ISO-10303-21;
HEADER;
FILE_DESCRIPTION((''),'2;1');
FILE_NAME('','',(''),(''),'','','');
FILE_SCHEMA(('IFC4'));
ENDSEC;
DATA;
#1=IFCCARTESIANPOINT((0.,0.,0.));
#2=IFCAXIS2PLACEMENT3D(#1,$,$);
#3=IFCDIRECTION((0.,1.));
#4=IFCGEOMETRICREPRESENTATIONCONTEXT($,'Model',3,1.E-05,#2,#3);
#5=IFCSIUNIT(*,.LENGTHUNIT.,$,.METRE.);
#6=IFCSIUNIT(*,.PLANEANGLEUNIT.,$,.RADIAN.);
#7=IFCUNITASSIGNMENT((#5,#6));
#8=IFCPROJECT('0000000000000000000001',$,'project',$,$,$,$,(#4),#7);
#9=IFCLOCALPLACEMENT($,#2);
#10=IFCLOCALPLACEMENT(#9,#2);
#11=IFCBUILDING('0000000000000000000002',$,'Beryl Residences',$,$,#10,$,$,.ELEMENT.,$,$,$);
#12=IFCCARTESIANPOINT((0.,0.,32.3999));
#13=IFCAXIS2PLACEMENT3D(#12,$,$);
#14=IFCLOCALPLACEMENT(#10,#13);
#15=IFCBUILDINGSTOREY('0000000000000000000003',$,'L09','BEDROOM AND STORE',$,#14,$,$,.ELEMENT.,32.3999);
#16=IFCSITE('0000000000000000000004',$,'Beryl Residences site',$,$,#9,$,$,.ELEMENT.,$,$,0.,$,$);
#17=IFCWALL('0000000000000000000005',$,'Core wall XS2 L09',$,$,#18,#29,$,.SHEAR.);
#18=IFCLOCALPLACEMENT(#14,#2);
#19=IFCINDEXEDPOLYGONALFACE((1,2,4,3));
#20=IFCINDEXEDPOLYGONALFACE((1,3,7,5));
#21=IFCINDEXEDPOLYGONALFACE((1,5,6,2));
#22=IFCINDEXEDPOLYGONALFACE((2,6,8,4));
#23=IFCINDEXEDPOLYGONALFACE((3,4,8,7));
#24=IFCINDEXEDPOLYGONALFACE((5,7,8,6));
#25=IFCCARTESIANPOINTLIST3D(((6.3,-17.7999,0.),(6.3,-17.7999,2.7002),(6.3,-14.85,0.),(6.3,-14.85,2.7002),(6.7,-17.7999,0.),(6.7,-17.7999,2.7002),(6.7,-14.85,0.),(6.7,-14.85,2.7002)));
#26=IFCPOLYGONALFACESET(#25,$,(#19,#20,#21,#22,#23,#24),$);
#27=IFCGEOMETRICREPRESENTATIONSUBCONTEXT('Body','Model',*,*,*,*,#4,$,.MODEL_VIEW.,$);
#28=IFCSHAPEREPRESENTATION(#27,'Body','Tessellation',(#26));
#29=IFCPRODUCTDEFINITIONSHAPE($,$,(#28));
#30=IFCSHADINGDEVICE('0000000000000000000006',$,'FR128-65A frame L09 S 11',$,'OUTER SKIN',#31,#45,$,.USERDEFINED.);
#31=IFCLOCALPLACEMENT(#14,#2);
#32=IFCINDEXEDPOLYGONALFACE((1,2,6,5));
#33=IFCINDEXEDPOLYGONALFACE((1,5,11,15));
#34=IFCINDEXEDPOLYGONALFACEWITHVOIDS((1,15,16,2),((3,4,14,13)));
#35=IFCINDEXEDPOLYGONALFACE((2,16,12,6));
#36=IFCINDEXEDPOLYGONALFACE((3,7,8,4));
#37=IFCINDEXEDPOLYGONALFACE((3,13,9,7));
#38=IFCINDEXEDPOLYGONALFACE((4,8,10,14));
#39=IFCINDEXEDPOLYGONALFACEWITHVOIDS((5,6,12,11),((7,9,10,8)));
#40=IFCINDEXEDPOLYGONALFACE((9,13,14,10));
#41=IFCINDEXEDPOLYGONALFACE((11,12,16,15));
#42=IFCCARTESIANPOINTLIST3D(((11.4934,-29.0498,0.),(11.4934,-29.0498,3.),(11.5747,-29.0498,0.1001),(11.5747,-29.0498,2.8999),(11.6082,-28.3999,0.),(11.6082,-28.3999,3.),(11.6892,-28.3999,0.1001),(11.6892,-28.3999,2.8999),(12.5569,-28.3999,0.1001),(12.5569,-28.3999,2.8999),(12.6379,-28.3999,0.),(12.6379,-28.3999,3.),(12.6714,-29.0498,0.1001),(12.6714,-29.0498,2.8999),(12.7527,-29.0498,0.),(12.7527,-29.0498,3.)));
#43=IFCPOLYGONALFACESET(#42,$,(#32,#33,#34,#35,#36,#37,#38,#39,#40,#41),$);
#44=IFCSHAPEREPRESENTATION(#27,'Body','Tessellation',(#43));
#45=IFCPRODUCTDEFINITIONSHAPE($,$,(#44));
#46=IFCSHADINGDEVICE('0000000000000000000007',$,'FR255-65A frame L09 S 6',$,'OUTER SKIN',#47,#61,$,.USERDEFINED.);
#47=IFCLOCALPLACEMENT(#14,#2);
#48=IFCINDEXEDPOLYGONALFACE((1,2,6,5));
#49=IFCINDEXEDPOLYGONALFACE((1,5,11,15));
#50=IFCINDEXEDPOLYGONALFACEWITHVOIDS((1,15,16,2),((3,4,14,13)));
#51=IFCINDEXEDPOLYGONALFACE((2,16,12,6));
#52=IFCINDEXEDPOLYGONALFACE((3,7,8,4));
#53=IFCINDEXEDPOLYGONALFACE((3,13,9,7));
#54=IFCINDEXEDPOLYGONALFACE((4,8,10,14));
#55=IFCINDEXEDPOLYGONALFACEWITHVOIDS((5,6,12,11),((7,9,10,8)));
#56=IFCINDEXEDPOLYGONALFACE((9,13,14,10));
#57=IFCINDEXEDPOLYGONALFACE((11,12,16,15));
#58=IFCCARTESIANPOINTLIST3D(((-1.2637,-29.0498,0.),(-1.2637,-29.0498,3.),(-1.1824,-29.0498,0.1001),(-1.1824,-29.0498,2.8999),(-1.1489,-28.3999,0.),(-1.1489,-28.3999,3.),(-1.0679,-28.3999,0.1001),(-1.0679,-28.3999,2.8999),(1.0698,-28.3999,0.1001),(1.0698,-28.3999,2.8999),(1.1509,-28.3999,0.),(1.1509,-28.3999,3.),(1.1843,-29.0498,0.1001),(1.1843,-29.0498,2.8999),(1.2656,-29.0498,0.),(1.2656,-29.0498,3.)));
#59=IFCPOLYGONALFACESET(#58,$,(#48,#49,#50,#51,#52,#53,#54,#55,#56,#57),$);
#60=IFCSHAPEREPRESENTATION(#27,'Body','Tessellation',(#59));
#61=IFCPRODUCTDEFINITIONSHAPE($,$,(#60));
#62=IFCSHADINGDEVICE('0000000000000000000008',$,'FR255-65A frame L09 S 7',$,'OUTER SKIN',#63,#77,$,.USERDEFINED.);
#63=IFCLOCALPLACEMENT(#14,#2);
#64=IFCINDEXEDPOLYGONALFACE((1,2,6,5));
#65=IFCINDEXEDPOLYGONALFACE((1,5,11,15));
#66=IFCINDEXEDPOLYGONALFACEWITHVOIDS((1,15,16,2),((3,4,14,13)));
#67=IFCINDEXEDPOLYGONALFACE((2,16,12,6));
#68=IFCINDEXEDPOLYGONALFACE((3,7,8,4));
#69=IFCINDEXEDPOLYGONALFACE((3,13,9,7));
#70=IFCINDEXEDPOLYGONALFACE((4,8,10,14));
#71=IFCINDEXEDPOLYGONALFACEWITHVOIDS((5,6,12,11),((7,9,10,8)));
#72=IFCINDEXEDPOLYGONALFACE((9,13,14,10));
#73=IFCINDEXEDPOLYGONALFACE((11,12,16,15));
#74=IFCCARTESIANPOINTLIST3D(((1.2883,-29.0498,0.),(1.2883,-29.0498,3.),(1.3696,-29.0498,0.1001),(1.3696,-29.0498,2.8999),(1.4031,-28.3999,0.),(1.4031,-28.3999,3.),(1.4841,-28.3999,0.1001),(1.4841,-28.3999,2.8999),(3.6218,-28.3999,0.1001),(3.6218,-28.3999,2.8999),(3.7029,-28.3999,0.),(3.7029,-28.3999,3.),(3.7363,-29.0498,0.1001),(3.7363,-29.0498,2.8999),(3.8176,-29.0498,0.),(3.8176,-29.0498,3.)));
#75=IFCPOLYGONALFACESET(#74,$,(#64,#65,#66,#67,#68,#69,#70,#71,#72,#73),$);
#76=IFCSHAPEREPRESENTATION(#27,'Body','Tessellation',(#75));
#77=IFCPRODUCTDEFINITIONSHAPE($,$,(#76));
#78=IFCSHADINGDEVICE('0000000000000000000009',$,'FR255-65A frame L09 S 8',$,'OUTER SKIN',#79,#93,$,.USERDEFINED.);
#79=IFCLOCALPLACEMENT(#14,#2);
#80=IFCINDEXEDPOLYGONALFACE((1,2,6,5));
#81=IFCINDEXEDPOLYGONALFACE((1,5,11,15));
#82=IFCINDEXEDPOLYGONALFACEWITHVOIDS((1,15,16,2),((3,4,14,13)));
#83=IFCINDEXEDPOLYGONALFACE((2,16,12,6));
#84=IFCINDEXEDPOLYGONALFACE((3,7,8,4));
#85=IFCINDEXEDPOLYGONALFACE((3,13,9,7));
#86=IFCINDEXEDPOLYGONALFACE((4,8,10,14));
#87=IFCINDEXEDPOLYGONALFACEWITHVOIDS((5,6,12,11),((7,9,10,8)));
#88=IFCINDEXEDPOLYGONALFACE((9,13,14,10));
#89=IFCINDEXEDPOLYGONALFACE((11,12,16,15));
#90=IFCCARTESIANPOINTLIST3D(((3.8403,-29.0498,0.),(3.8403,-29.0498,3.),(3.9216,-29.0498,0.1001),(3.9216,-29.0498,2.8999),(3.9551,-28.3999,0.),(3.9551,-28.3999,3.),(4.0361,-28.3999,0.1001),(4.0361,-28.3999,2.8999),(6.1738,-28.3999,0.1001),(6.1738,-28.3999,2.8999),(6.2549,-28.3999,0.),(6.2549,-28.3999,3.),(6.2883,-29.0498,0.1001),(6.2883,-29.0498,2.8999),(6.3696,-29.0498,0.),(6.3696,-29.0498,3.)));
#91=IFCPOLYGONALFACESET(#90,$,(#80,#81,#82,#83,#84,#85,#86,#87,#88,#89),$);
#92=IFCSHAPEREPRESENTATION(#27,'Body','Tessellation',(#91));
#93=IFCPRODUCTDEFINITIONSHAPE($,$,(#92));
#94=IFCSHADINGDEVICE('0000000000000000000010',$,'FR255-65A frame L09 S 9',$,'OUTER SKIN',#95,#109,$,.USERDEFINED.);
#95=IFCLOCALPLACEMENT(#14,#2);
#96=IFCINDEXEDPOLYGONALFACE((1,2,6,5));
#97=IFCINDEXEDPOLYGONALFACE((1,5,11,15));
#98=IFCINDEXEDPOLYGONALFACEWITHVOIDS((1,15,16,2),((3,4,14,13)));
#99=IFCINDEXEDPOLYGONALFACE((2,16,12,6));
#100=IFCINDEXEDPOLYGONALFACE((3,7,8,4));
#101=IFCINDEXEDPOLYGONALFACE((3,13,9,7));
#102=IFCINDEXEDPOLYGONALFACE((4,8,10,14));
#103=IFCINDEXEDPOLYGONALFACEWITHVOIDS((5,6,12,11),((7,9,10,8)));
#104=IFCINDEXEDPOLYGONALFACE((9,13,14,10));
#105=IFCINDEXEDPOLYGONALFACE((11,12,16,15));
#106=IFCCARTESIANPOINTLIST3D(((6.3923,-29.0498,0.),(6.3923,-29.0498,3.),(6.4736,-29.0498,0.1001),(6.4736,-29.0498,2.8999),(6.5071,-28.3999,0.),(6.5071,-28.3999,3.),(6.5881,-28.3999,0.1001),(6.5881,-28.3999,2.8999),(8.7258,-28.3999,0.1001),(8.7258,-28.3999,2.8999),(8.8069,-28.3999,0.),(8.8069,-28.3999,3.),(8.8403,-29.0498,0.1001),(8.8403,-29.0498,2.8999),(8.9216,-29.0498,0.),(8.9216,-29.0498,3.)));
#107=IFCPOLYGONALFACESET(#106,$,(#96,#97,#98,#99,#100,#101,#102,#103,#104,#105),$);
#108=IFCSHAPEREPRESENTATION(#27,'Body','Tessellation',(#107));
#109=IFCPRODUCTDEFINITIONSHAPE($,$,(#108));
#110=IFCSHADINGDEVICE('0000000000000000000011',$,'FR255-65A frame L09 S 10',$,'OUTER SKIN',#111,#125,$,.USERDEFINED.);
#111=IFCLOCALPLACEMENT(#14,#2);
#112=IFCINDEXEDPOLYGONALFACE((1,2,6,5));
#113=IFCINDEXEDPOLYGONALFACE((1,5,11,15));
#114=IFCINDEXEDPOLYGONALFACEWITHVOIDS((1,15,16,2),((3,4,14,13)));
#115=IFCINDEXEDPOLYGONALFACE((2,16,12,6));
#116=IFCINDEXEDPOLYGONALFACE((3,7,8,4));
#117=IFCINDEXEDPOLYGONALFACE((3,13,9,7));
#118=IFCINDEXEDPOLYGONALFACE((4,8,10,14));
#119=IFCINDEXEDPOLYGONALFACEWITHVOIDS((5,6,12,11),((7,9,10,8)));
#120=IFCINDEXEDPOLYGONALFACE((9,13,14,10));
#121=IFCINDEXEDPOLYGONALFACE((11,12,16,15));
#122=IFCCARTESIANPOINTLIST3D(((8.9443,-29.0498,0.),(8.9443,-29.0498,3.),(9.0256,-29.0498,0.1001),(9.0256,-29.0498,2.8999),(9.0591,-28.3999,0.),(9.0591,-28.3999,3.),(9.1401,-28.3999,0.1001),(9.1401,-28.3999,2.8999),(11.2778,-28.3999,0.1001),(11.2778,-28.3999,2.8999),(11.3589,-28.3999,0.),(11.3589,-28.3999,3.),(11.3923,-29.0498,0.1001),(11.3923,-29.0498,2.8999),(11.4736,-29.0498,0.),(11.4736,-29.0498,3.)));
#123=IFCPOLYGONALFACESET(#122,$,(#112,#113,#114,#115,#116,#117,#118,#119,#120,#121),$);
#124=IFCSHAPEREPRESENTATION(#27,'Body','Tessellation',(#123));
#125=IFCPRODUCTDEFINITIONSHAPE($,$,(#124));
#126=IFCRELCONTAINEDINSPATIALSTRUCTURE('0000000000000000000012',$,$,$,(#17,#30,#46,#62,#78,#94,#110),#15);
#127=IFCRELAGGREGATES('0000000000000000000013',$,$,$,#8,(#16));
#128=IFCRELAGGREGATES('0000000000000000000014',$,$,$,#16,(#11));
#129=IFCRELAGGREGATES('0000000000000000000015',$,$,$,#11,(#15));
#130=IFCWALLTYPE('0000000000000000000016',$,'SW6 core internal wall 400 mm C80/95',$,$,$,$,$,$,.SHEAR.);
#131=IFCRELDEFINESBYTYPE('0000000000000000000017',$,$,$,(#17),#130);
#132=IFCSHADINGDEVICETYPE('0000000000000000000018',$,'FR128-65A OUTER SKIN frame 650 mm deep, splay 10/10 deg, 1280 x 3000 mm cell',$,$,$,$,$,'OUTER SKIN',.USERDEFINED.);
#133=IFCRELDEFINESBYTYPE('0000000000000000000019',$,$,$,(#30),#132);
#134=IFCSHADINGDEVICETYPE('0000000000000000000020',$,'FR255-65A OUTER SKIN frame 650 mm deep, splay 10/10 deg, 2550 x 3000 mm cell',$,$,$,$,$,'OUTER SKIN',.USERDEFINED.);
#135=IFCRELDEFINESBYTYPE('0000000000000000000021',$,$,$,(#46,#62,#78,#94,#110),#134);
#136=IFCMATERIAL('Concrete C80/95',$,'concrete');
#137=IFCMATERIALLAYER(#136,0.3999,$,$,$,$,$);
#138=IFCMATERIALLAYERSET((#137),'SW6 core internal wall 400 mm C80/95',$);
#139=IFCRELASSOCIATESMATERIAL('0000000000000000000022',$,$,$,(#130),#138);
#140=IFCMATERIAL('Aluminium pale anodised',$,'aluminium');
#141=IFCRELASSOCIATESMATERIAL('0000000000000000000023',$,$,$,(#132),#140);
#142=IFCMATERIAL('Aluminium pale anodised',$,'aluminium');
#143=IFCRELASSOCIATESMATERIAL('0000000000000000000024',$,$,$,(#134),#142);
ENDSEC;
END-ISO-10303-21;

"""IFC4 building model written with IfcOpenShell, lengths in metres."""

from ifc_helpers import new_model, entity, si_unit, direction, frame, frame_2d, origin, place, context, subcontext, project, spatial, rectangle, extrude, source, transform, mapped, material, layer, layer_set, type_object, type_shapes, element, save


model = new_model("IFC4")

# Units and contexts
model_context = context("Model", 3, precision=1e-05, world=origin(), true_north=direction((0.0, 1.0)))
body_context = subcontext(model_context, "Body", "Model", "MODEL_VIEW")
ifc_project = project(units=[si_unit("LENGTHUNIT", "METRE"), si_unit("PLANEANGLEUNIT", "RADIAN")], contexts=[model_context])

# Site, building, storey
site_placement = place(None, origin())
site = spatial("IfcSite", under=ifc_project, at=site_placement, Name="Beryl Residences site", CompositionType="ELEMENT", RefElevation=0.0)
building_placement = place(site_placement, origin())
building = spatial("IfcBuilding", under=site, at=building_placement, Name="Beryl Residences", CompositionType="ELEMENT")
storey_placement = place(building_placement, frame((0.0, 0.0, 32.3999)))
storey = spatial("IfcBuildingStorey", under=building, at=storey_placement, Name="L09", Description="BEDROOM AND STORE", CompositionType="ELEMENT", Elevation=32.3999)

# Wall
ifc_material_1 = material(Name="Concrete C80/95", Category="concrete")
ifc_layer_1 = layer(ifc_material_1, 0.3999)
ifc_layer_set_1 = layer_set([ifc_layer_1], Name="SW6 core internal wall 400 mm C80/95")
wall_type_1 = type_object("IfcWallType", Name="SW6 core internal wall 400 mm C80/95", PredefinedType="SHEAR", material=ifc_layer_set_1)
wall_1_placement = place(storey_placement, frame((6.5, -17.8, 0.0), z_axis=(0.0, 0.0, 1.0), x_axis=(0.0, 1.0, 0.0)))
element("IfcWall", 1, at=wall_1_placement, inside=storey, type_object=wall_type_1, Name="Core wall XS2 L09", PredefinedType="SHEAR", context=body_context, shape_type="SweptSolid", body=[
    extrude(rectangle(XDim=2.95, YDim=0.3999, at=frame_2d((1.4751, 0.0))), origin(), (0.0, 0.0, 1.0), 2.7002),
])

# Shading devices
ifc_material_2 = material(Name="Aluminium pale anodised", Category="aluminium")
shading_device_type_1 = type_object("IfcShadingDeviceType", Name="FR128-65A OUTER SKIN frame 650 mm deep, splay 10/10 deg, 1280 x 3000 mm cell", ElementType="OUTER SKIN", PredefinedType="USERDEFINED", material=ifc_material_2)
cartesian_point_1 = entity("IfcCartesianPoint", [-0.5149, 0.0])
cartesian_point_2 = entity("IfcCartesianPoint", [-0.4338, 0.1001])
cartesian_point_3 = entity("IfcCartesianPoint", [-0.6296, 0.0])
cartesian_point_4 = entity("IfcCartesianPoint", [-0.5483, 0.1001])
shared_shape_1 = source(origin(), body_context, "Body", "SweptSolid", [
    entity("IfcExtrudedAreaSolidTapered", entity("IfcArbitraryProfileDefWithVoids", "AREA", None, entity("IfcPolyline", [cartesian_point_1, entity("IfcCartesianPoint", [0.5149, 0.0]), entity("IfcCartesianPoint", [0.5149, 3.0]), entity("IfcCartesianPoint", [-0.5149, 3.0]), cartesian_point_1]), [entity("IfcPolyline", [cartesian_point_2, entity("IfcCartesianPoint", [0.4338, 0.1001]), entity("IfcCartesianPoint", [0.4338, 2.8999]), entity("IfcCartesianPoint", [-0.4338, 2.8999]), cartesian_point_2])]), entity("IfcAxis2Placement3D", entity("IfcCartesianPoint", [0.0, 0.0, 0.0]), entity("IfcDirection", [0.0, 1.0, 0.0]), entity("IfcDirection", [-1.0, 0.0, 0.0])), entity("IfcDirection", [0.0, 0.0, 1.0]), 0.6499, entity("IfcArbitraryProfileDefWithVoids", "AREA", None, entity("IfcPolyline", [cartesian_point_3, entity("IfcCartesianPoint", [0.6296, 0.0]), entity("IfcCartesianPoint", [0.6296, 3.0]), entity("IfcCartesianPoint", [-0.6296, 3.0]), cartesian_point_3]), [entity("IfcPolyline", [cartesian_point_4, entity("IfcCartesianPoint", [0.5483, 0.1001]), entity("IfcCartesianPoint", [0.5483, 2.8999]), entity("IfcCartesianPoint", [-0.5483, 2.8999]), cartesian_point_4])])),
])
type_shapes(shading_device_type_1, [shared_shape_1])
shading_device_placement = place(storey_placement, frame((12.123, -28.3999, 0.0), z_axis=(0.0, 0.0, 1.0), x_axis=(-1.0, 0.0, 0.0)))
element("IfcShadingDevice", 2, at=shading_device_placement, inside=storey, type_object=shading_device_type_1, Name="FR128-65A frame L09 S 11", ObjectType="OUTER SKIN", PredefinedType="USERDEFINED", context=body_context, shape_type="MappedRepresentation", body=[
    mapped(shared_shape_1, transform((0.0, 0.0, 0.0))),
])
ifc_material_3 = material(Name="Aluminium pale anodised", Category="aluminium")
shading_device_type_2 = type_object("IfcShadingDeviceType", Name="FR255-65A OUTER SKIN frame 650 mm deep, splay 10/10 deg, 2550 x 3000 mm cell", ElementType="OUTER SKIN", PredefinedType="USERDEFINED", material=ifc_material_3)
cartesian_point_5 = entity("IfcCartesianPoint", [-1.1499, 0.0])
cartesian_point_6 = entity("IfcCartesianPoint", [-1.0688, 0.1001])
cartesian_point_7 = entity("IfcCartesianPoint", [-1.2646, 0.0])
cartesian_point_8 = entity("IfcCartesianPoint", [-1.1833, 0.1001])
shared_shape_2 = source(origin(), body_context, "Body", "SweptSolid", [
    entity("IfcExtrudedAreaSolidTapered", entity("IfcArbitraryProfileDefWithVoids", "AREA", None, entity("IfcPolyline", [cartesian_point_5, entity("IfcCartesianPoint", [1.1499, 0.0]), entity("IfcCartesianPoint", [1.1499, 3.0]), entity("IfcCartesianPoint", [-1.1499, 3.0]), cartesian_point_5]), [entity("IfcPolyline", [cartesian_point_6, entity("IfcCartesianPoint", [1.0688, 0.1001]), entity("IfcCartesianPoint", [1.0688, 2.8999]), entity("IfcCartesianPoint", [-1.0688, 2.8999]), cartesian_point_6])]), entity("IfcAxis2Placement3D", entity("IfcCartesianPoint", [0.0, 0.0, 0.0]), entity("IfcDirection", [0.0, 1.0, 0.0]), entity("IfcDirection", [-1.0, 0.0, 0.0])), entity("IfcDirection", [0.0, 0.0, 1.0]), 0.6499, entity("IfcArbitraryProfileDefWithVoids", "AREA", None, entity("IfcPolyline", [cartesian_point_7, entity("IfcCartesianPoint", [1.2646, 0.0]), entity("IfcCartesianPoint", [1.2646, 3.0]), entity("IfcCartesianPoint", [-1.2646, 3.0]), cartesian_point_7]), [entity("IfcPolyline", [cartesian_point_8, entity("IfcCartesianPoint", [1.1833, 0.1001]), entity("IfcCartesianPoint", [1.1833, 2.8999]), entity("IfcCartesianPoint", [-1.1833, 2.8999]), cartesian_point_8])])),
])
type_shapes(shading_device_type_2, [shared_shape_2])
for number, where, z_axis, x_axis, name in (
    (3, (0.001, -28.3999, 0.0), (0.0, 0.0, 1.0), (-1.0, 0.0, 0.0), "FR255-65A frame L09 S 6"),
    (4, (2.553, -28.3999, 0.0), (0.0, 0.0, 1.0), (-1.0, 0.0, 0.0), "FR255-65A frame L09 S 7"),
    (5, (5.105, -28.3999, 0.0), (0.0, 0.0, 1.0), (-1.0, 0.0, 0.0), "FR255-65A frame L09 S 8"),
    (6, (7.657, -28.3999, 0.0), (0.0, 0.0, 1.0), (-1.0, 0.0, 0.0), "FR255-65A frame L09 S 9"),
    (7, (10.209, -28.3999, 0.0), (0.0, 0.0, 1.0), (-1.0, 0.0, 0.0), "FR255-65A frame L09 S 10"),
):
    element("IfcShadingDevice", number, at=place(storey_placement, frame(where, z_axis=z_axis, x_axis=x_axis)), inside=storey, type_object=shading_device_type_2, Name=name, ObjectType="OUTER SKIN", PredefinedType="USERDEFINED", context=body_context, shape_type="MappedRepresentation", body=[
        mapped(shared_shape_2, transform((0.0, 0.0, 0.0))),
    ])

save(model, "model.ifc")
